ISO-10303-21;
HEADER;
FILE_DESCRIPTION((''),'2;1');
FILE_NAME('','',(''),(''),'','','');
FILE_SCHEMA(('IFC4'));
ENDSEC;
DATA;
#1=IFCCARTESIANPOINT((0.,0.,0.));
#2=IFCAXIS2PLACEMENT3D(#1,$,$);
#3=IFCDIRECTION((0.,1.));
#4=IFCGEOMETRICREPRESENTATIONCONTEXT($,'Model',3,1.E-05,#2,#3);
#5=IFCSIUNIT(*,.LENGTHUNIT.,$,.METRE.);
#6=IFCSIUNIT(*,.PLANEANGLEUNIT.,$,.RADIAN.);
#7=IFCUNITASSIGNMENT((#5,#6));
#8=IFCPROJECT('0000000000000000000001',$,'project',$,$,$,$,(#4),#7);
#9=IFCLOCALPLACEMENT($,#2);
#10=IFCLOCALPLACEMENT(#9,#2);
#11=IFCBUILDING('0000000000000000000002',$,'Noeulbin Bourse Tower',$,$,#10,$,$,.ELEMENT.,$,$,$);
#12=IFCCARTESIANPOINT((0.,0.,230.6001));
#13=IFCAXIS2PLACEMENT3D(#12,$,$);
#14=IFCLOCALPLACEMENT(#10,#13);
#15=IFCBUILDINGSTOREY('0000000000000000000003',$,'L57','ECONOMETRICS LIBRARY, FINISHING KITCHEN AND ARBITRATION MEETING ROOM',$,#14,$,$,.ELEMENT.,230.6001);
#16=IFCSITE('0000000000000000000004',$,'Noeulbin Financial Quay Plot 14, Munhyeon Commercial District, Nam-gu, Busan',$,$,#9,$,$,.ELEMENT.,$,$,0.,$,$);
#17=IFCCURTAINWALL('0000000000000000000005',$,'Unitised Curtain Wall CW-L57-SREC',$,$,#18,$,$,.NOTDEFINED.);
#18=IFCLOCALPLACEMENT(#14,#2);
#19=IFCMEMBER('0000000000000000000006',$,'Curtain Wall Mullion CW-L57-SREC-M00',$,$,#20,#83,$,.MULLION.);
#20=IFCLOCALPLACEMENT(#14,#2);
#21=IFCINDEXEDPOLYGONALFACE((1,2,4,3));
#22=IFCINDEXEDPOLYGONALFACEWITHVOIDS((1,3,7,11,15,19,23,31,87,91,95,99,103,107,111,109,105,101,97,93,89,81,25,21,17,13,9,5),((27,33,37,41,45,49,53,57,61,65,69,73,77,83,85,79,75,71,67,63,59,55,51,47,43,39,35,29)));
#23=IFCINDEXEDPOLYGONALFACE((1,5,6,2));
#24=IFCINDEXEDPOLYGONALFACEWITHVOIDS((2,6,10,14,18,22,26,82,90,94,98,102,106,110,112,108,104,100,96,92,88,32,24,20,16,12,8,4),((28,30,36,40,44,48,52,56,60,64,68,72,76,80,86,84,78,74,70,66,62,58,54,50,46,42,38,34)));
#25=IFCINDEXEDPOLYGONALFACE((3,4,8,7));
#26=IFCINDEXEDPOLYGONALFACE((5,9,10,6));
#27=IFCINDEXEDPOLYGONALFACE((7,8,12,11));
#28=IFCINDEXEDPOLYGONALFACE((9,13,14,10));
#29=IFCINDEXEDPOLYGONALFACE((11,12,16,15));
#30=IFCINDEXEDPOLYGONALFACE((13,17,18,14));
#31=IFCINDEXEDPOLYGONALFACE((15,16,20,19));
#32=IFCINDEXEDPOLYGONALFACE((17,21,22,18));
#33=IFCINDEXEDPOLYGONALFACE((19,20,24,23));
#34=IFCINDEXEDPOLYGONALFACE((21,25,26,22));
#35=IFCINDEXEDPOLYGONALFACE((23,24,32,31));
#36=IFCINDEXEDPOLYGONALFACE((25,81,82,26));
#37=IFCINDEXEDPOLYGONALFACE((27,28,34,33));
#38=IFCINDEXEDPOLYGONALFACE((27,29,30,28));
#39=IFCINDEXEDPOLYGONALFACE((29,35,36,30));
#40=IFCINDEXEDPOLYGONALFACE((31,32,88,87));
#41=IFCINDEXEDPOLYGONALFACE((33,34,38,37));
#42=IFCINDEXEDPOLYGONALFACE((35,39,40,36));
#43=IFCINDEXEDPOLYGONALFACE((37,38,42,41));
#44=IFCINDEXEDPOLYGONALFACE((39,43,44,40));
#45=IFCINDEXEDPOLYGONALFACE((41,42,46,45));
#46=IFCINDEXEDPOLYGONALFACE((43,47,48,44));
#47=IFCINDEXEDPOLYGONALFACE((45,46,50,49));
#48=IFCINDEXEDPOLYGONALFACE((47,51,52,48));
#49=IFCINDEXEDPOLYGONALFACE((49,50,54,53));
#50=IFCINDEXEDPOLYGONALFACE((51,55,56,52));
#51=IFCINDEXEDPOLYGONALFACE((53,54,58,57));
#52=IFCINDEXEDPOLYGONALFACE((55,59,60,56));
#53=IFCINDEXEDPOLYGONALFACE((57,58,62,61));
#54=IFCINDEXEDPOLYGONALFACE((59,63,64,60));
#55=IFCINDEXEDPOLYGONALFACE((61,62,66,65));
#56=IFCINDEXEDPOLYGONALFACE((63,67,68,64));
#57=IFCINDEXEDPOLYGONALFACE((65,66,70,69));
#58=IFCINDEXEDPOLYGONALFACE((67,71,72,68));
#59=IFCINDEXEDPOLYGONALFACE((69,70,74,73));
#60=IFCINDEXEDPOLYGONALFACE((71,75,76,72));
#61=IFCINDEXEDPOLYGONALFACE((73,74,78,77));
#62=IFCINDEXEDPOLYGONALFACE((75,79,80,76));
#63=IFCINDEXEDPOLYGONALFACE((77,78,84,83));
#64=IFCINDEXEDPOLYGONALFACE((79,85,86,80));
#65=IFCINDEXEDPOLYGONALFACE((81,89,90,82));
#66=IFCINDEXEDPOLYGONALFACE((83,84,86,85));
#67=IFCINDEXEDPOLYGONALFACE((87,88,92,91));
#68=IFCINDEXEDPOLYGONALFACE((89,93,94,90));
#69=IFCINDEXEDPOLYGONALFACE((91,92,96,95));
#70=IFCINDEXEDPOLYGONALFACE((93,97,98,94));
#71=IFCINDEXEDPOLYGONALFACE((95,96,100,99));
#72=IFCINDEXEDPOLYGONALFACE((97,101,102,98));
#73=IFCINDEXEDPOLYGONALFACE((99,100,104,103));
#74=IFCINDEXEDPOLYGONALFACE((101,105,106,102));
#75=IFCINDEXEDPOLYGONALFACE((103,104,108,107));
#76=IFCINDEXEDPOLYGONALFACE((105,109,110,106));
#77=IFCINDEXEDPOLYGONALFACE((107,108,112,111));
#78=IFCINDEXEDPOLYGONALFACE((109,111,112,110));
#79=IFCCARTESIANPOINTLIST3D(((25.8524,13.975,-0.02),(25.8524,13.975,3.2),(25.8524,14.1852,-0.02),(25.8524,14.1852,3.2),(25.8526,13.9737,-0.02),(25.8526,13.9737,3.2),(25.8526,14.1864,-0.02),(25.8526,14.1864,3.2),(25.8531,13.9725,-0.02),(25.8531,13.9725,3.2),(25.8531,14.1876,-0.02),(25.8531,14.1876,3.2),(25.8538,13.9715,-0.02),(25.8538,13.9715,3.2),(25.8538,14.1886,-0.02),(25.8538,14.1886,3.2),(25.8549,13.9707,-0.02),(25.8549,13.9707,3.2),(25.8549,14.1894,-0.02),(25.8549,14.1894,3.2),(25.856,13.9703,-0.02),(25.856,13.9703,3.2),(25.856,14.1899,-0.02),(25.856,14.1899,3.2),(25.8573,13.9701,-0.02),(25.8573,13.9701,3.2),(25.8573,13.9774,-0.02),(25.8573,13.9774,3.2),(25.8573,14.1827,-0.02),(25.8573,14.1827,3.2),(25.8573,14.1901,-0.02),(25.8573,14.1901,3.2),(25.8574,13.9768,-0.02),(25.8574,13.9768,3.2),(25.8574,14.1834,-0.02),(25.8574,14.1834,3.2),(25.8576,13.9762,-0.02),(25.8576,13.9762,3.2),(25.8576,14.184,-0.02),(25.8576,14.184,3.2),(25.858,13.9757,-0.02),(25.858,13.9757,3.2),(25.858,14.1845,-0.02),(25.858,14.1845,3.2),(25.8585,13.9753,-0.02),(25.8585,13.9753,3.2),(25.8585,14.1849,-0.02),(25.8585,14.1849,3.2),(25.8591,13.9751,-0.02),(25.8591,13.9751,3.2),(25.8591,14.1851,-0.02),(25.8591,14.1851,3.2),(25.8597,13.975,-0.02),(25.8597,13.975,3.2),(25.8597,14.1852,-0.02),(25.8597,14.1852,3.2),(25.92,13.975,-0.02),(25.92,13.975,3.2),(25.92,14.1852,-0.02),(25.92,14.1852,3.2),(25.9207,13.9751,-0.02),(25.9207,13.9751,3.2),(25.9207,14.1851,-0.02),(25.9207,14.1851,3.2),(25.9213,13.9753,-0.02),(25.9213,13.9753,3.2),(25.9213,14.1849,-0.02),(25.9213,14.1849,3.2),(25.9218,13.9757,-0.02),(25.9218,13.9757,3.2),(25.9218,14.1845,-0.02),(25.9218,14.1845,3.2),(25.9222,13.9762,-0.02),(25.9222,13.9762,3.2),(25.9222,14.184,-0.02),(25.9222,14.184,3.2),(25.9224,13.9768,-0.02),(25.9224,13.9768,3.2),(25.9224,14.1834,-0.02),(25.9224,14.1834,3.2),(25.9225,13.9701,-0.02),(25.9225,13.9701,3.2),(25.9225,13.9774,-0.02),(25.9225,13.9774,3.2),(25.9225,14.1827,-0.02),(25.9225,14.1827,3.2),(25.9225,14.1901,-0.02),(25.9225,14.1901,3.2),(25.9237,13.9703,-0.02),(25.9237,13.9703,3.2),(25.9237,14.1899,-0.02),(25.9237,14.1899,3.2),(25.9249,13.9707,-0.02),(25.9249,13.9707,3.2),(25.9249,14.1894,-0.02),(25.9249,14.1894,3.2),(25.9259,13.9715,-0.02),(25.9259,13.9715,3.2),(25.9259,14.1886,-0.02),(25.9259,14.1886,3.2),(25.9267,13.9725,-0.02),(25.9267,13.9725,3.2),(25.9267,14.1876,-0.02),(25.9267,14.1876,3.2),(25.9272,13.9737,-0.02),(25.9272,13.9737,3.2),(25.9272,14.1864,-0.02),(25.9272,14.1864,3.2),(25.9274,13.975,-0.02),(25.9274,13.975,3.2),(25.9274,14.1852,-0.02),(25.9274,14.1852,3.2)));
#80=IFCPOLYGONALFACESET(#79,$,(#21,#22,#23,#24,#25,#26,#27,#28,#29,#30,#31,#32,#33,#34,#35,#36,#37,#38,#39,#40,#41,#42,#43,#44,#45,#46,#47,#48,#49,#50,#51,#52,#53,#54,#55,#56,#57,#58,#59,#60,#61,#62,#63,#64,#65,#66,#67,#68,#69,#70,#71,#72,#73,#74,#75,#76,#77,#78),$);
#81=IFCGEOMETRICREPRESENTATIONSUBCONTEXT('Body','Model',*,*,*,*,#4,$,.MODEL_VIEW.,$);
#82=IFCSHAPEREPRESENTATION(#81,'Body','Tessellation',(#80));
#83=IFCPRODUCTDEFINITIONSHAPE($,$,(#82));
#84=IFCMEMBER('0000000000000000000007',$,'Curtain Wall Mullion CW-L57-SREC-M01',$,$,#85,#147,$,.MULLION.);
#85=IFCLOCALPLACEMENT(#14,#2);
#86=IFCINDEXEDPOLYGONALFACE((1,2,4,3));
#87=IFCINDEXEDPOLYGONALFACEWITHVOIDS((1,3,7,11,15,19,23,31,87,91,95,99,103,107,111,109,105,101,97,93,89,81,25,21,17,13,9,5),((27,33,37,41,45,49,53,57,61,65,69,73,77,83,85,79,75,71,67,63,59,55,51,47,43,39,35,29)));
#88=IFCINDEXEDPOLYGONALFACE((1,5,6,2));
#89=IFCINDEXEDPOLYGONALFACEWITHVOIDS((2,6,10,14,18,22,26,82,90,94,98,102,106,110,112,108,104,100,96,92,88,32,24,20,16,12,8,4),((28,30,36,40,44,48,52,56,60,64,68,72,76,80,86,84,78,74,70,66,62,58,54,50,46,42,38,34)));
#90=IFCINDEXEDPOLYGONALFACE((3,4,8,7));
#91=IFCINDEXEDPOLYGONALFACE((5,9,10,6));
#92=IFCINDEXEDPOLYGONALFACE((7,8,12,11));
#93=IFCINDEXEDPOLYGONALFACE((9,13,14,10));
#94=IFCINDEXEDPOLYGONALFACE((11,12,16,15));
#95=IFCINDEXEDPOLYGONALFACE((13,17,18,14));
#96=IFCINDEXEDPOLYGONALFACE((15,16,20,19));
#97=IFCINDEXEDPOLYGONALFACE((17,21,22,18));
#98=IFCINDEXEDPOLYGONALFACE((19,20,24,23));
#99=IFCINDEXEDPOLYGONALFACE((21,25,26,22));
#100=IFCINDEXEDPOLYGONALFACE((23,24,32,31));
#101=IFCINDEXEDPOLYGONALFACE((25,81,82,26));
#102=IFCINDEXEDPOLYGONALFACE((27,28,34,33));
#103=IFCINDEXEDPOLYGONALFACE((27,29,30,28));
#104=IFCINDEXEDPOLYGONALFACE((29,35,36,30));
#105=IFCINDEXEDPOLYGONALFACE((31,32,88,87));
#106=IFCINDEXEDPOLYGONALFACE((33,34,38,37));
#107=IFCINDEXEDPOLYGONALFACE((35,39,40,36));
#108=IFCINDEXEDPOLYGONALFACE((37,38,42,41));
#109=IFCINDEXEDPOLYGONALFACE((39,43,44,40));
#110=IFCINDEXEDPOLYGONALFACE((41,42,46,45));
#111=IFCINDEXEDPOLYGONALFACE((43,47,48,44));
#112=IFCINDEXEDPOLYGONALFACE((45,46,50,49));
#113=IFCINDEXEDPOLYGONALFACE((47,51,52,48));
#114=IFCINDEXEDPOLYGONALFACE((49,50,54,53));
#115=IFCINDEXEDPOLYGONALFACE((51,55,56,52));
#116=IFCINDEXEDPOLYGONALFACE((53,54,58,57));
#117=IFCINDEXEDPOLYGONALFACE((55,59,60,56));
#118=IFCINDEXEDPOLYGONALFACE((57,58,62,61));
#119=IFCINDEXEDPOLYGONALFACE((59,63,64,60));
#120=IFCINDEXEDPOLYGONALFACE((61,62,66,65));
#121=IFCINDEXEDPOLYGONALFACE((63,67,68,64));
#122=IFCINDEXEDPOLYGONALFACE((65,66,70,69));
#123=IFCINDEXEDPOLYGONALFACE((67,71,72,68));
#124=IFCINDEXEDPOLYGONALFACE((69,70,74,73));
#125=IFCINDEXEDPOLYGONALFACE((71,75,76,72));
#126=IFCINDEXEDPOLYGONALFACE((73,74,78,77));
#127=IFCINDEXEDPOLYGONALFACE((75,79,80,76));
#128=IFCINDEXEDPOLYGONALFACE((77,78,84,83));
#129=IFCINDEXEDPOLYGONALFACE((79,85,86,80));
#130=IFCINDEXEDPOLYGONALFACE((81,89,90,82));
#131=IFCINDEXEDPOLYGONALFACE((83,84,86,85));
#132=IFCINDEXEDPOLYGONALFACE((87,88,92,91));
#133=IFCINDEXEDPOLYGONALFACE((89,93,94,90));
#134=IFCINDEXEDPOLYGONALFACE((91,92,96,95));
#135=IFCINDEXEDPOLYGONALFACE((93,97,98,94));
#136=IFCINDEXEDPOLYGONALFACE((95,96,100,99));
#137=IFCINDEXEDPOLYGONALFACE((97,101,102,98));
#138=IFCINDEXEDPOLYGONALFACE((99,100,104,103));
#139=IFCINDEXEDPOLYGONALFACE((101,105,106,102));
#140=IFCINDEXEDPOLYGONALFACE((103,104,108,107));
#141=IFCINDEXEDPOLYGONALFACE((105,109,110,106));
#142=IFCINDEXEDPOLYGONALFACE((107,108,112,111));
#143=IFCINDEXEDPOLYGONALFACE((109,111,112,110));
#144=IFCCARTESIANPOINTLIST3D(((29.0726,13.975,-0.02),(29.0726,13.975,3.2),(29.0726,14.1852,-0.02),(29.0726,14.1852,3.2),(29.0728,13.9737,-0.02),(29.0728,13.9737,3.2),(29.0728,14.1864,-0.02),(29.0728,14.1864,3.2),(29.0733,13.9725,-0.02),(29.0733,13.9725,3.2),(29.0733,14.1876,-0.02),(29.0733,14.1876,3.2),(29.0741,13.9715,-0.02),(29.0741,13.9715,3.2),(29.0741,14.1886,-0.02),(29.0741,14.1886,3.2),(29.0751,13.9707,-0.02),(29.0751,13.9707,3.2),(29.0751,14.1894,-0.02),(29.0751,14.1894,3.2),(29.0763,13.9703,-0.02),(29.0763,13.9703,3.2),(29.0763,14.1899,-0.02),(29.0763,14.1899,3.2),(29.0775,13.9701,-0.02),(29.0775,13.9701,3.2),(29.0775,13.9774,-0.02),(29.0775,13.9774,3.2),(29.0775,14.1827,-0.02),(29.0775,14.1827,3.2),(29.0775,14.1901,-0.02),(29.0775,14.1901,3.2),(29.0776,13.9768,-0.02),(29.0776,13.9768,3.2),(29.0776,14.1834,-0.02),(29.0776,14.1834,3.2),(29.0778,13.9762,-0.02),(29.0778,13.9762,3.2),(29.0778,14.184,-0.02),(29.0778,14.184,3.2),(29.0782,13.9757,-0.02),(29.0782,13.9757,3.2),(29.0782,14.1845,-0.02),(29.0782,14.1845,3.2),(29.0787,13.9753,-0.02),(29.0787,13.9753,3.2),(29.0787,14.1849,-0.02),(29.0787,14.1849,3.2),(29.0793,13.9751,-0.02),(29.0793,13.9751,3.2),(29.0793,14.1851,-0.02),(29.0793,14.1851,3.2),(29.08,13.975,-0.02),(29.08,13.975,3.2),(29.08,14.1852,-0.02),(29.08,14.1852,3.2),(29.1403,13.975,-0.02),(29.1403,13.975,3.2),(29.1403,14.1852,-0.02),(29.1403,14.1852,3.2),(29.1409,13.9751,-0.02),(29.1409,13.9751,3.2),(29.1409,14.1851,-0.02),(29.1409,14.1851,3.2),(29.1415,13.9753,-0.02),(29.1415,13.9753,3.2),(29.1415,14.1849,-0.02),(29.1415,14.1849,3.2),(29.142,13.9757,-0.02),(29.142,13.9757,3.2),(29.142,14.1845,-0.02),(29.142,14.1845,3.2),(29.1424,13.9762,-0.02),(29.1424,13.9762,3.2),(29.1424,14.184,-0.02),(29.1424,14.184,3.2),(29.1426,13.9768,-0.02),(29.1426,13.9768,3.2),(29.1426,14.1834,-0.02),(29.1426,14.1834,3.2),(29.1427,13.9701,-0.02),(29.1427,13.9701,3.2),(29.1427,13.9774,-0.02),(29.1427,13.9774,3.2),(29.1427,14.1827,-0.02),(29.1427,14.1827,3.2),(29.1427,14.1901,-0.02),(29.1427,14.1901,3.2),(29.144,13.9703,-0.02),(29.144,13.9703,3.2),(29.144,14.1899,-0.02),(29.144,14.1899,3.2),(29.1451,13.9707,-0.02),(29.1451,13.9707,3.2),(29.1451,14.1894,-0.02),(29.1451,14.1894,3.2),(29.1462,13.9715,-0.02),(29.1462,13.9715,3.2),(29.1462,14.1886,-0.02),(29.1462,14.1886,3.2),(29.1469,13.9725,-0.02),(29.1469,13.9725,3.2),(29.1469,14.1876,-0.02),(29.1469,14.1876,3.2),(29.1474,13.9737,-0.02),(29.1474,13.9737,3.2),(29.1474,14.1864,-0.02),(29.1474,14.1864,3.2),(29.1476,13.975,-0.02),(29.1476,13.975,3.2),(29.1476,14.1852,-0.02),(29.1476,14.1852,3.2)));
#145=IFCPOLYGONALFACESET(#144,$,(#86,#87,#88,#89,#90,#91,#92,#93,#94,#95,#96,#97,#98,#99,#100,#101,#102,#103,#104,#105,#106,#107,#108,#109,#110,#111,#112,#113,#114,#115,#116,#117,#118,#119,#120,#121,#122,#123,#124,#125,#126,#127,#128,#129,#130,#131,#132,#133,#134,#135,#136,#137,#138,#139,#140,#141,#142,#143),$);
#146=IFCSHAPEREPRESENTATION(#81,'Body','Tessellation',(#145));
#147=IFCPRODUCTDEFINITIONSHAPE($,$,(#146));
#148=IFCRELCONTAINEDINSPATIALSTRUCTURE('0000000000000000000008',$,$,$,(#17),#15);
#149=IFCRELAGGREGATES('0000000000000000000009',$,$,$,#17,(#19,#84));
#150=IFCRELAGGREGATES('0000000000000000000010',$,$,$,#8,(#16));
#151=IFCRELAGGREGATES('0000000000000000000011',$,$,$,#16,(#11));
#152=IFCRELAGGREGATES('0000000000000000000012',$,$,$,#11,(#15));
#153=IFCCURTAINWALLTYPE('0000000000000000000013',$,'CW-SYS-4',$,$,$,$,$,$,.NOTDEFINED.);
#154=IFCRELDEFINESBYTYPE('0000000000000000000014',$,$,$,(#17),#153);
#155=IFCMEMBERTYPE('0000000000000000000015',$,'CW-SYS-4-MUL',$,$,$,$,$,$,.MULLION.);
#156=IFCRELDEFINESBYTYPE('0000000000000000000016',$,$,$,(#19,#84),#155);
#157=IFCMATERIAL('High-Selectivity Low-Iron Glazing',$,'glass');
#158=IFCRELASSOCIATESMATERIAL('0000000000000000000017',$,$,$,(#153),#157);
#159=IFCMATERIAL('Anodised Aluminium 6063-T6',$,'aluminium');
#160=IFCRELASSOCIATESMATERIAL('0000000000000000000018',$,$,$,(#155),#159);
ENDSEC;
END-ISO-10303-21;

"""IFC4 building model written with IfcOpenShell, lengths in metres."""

from ifc_helpers import new_model, si_unit, direction, frame, origin, origin_2d, place, context, subcontext, project, spatial, hollow_rectangle, extrude, material, material_profile, profile_set, type_object, element, aggregate, save


model = new_model("IFC4")

# Units and contexts
model_context = context("Model", 3, precision=1e-05, world=origin(), true_north=direction((0.0, 1.0)))
body_context = subcontext(model_context, "Body", "Model", "MODEL_VIEW")
ifc_project = project(units=[si_unit("LENGTHUNIT", "METRE"), si_unit("PLANEANGLEUNIT", "RADIAN")], contexts=[model_context])

# Site, building, storey
site_placement = place(None, origin())
site = spatial("IfcSite", under=ifc_project, at=site_placement, Name="Noeulbin Financial Quay Plot 14, Munhyeon Commercial District, Nam-gu, Busan", CompositionType="ELEMENT", RefElevation=0.0)
building_placement = place(site_placement, origin())
building = spatial("IfcBuilding", under=site, at=building_placement, Name="Noeulbin Bourse Tower", CompositionType="ELEMENT")
storey_placement = place(building_placement, frame((0.0, 0.0, 230.6001)))
storey = spatial("IfcBuildingStorey", under=building, at=storey_placement, Name="L57", Description="ECONOMETRICS LIBRARY, FINISHING KITCHEN AND ARBITRATION MEETING ROOM", CompositionType="ELEMENT", Elevation=230.6001)

# Curtain wall, members
ifc_material_1 = material(Name="High-Selectivity Low-Iron Glazing", Category="glass")
curtain_wall_type = type_object("IfcCurtainWallType", Name="CW-SYS-4", PredefinedType="NOTDEFINED", material=ifc_material_1)
curtain_wall_1_placement = place(storey_placement, origin())
curtain_wall_1 = element("IfcCurtainWall", 1, at=curtain_wall_1_placement, inside=storey, type_object=curtain_wall_type, Name="Unitised Curtain Wall CW-L57-SREC", PredefinedType="NOTDEFINED")
ifc_material_2 = material(Name="Anodised Aluminium 6063-T6", Category="aluminium")
ifc_material_profile_1 = material_profile(ifc_material_2, hollow_rectangle(XDim=0.075, YDim=0.22, WallThickness=0.0049, InnerFilletRadius=0.0024, OuterFilletRadius=0.0049, at=origin_2d()), Name="ALU-MULL-75x220x5", Category="LoadBearing")
ifc_profile_set_1 = profile_set([ifc_material_profile_1], Name="Anodised Aluminium 6063-T6")
member_type_1 = type_object("IfcMemberType", Name="CW-SYS-4-MUL", PredefinedType="MULLION", material=ifc_profile_set_1)
member_1_placement = place(storey_placement, frame((25.8899, 14.0801, -0.02), z_axis=(0.0, 0.0, 1.0), x_axis=(1.0, 0.0, 0.0)))
member_1 = element("IfcMember", 2, at=member_1_placement, type_object=member_type_1, Name="Curtain Wall Mullion CW-L57-SREC-M00", PredefinedType="MULLION", context=body_context, shape_type="SweptSolid", body=[
    extrude(hollow_rectangle(XDim=0.075, YDim=0.22, WallThickness=0.0049, InnerFilletRadius=0.0024, OuterFilletRadius=0.0049, at=origin_2d()), origin(), (0.0, 0.0, 1.0), 3.22),
])
member_2_placement = place(storey_placement, frame((29.1101, 14.0801, -0.02), z_axis=(0.0, 0.0, 1.0), x_axis=(1.0, 0.0, 0.0)))
member_2 = element("IfcMember", 3, at=member_2_placement, type_object=member_type_1, Name="Curtain Wall Mullion CW-L57-SREC-M01", PredefinedType="MULLION", context=body_context, shape_type="SweptSolid", body=[
    extrude(hollow_rectangle(XDim=0.075, YDim=0.22, WallThickness=0.0049, InnerFilletRadius=0.0024, OuterFilletRadius=0.0049, at=origin_2d()), origin(), (0.0, 0.0, 1.0), 3.22),
])

aggregate(curtain_wall_1, [member_1, member_2])

save(model, "model.ifc")
